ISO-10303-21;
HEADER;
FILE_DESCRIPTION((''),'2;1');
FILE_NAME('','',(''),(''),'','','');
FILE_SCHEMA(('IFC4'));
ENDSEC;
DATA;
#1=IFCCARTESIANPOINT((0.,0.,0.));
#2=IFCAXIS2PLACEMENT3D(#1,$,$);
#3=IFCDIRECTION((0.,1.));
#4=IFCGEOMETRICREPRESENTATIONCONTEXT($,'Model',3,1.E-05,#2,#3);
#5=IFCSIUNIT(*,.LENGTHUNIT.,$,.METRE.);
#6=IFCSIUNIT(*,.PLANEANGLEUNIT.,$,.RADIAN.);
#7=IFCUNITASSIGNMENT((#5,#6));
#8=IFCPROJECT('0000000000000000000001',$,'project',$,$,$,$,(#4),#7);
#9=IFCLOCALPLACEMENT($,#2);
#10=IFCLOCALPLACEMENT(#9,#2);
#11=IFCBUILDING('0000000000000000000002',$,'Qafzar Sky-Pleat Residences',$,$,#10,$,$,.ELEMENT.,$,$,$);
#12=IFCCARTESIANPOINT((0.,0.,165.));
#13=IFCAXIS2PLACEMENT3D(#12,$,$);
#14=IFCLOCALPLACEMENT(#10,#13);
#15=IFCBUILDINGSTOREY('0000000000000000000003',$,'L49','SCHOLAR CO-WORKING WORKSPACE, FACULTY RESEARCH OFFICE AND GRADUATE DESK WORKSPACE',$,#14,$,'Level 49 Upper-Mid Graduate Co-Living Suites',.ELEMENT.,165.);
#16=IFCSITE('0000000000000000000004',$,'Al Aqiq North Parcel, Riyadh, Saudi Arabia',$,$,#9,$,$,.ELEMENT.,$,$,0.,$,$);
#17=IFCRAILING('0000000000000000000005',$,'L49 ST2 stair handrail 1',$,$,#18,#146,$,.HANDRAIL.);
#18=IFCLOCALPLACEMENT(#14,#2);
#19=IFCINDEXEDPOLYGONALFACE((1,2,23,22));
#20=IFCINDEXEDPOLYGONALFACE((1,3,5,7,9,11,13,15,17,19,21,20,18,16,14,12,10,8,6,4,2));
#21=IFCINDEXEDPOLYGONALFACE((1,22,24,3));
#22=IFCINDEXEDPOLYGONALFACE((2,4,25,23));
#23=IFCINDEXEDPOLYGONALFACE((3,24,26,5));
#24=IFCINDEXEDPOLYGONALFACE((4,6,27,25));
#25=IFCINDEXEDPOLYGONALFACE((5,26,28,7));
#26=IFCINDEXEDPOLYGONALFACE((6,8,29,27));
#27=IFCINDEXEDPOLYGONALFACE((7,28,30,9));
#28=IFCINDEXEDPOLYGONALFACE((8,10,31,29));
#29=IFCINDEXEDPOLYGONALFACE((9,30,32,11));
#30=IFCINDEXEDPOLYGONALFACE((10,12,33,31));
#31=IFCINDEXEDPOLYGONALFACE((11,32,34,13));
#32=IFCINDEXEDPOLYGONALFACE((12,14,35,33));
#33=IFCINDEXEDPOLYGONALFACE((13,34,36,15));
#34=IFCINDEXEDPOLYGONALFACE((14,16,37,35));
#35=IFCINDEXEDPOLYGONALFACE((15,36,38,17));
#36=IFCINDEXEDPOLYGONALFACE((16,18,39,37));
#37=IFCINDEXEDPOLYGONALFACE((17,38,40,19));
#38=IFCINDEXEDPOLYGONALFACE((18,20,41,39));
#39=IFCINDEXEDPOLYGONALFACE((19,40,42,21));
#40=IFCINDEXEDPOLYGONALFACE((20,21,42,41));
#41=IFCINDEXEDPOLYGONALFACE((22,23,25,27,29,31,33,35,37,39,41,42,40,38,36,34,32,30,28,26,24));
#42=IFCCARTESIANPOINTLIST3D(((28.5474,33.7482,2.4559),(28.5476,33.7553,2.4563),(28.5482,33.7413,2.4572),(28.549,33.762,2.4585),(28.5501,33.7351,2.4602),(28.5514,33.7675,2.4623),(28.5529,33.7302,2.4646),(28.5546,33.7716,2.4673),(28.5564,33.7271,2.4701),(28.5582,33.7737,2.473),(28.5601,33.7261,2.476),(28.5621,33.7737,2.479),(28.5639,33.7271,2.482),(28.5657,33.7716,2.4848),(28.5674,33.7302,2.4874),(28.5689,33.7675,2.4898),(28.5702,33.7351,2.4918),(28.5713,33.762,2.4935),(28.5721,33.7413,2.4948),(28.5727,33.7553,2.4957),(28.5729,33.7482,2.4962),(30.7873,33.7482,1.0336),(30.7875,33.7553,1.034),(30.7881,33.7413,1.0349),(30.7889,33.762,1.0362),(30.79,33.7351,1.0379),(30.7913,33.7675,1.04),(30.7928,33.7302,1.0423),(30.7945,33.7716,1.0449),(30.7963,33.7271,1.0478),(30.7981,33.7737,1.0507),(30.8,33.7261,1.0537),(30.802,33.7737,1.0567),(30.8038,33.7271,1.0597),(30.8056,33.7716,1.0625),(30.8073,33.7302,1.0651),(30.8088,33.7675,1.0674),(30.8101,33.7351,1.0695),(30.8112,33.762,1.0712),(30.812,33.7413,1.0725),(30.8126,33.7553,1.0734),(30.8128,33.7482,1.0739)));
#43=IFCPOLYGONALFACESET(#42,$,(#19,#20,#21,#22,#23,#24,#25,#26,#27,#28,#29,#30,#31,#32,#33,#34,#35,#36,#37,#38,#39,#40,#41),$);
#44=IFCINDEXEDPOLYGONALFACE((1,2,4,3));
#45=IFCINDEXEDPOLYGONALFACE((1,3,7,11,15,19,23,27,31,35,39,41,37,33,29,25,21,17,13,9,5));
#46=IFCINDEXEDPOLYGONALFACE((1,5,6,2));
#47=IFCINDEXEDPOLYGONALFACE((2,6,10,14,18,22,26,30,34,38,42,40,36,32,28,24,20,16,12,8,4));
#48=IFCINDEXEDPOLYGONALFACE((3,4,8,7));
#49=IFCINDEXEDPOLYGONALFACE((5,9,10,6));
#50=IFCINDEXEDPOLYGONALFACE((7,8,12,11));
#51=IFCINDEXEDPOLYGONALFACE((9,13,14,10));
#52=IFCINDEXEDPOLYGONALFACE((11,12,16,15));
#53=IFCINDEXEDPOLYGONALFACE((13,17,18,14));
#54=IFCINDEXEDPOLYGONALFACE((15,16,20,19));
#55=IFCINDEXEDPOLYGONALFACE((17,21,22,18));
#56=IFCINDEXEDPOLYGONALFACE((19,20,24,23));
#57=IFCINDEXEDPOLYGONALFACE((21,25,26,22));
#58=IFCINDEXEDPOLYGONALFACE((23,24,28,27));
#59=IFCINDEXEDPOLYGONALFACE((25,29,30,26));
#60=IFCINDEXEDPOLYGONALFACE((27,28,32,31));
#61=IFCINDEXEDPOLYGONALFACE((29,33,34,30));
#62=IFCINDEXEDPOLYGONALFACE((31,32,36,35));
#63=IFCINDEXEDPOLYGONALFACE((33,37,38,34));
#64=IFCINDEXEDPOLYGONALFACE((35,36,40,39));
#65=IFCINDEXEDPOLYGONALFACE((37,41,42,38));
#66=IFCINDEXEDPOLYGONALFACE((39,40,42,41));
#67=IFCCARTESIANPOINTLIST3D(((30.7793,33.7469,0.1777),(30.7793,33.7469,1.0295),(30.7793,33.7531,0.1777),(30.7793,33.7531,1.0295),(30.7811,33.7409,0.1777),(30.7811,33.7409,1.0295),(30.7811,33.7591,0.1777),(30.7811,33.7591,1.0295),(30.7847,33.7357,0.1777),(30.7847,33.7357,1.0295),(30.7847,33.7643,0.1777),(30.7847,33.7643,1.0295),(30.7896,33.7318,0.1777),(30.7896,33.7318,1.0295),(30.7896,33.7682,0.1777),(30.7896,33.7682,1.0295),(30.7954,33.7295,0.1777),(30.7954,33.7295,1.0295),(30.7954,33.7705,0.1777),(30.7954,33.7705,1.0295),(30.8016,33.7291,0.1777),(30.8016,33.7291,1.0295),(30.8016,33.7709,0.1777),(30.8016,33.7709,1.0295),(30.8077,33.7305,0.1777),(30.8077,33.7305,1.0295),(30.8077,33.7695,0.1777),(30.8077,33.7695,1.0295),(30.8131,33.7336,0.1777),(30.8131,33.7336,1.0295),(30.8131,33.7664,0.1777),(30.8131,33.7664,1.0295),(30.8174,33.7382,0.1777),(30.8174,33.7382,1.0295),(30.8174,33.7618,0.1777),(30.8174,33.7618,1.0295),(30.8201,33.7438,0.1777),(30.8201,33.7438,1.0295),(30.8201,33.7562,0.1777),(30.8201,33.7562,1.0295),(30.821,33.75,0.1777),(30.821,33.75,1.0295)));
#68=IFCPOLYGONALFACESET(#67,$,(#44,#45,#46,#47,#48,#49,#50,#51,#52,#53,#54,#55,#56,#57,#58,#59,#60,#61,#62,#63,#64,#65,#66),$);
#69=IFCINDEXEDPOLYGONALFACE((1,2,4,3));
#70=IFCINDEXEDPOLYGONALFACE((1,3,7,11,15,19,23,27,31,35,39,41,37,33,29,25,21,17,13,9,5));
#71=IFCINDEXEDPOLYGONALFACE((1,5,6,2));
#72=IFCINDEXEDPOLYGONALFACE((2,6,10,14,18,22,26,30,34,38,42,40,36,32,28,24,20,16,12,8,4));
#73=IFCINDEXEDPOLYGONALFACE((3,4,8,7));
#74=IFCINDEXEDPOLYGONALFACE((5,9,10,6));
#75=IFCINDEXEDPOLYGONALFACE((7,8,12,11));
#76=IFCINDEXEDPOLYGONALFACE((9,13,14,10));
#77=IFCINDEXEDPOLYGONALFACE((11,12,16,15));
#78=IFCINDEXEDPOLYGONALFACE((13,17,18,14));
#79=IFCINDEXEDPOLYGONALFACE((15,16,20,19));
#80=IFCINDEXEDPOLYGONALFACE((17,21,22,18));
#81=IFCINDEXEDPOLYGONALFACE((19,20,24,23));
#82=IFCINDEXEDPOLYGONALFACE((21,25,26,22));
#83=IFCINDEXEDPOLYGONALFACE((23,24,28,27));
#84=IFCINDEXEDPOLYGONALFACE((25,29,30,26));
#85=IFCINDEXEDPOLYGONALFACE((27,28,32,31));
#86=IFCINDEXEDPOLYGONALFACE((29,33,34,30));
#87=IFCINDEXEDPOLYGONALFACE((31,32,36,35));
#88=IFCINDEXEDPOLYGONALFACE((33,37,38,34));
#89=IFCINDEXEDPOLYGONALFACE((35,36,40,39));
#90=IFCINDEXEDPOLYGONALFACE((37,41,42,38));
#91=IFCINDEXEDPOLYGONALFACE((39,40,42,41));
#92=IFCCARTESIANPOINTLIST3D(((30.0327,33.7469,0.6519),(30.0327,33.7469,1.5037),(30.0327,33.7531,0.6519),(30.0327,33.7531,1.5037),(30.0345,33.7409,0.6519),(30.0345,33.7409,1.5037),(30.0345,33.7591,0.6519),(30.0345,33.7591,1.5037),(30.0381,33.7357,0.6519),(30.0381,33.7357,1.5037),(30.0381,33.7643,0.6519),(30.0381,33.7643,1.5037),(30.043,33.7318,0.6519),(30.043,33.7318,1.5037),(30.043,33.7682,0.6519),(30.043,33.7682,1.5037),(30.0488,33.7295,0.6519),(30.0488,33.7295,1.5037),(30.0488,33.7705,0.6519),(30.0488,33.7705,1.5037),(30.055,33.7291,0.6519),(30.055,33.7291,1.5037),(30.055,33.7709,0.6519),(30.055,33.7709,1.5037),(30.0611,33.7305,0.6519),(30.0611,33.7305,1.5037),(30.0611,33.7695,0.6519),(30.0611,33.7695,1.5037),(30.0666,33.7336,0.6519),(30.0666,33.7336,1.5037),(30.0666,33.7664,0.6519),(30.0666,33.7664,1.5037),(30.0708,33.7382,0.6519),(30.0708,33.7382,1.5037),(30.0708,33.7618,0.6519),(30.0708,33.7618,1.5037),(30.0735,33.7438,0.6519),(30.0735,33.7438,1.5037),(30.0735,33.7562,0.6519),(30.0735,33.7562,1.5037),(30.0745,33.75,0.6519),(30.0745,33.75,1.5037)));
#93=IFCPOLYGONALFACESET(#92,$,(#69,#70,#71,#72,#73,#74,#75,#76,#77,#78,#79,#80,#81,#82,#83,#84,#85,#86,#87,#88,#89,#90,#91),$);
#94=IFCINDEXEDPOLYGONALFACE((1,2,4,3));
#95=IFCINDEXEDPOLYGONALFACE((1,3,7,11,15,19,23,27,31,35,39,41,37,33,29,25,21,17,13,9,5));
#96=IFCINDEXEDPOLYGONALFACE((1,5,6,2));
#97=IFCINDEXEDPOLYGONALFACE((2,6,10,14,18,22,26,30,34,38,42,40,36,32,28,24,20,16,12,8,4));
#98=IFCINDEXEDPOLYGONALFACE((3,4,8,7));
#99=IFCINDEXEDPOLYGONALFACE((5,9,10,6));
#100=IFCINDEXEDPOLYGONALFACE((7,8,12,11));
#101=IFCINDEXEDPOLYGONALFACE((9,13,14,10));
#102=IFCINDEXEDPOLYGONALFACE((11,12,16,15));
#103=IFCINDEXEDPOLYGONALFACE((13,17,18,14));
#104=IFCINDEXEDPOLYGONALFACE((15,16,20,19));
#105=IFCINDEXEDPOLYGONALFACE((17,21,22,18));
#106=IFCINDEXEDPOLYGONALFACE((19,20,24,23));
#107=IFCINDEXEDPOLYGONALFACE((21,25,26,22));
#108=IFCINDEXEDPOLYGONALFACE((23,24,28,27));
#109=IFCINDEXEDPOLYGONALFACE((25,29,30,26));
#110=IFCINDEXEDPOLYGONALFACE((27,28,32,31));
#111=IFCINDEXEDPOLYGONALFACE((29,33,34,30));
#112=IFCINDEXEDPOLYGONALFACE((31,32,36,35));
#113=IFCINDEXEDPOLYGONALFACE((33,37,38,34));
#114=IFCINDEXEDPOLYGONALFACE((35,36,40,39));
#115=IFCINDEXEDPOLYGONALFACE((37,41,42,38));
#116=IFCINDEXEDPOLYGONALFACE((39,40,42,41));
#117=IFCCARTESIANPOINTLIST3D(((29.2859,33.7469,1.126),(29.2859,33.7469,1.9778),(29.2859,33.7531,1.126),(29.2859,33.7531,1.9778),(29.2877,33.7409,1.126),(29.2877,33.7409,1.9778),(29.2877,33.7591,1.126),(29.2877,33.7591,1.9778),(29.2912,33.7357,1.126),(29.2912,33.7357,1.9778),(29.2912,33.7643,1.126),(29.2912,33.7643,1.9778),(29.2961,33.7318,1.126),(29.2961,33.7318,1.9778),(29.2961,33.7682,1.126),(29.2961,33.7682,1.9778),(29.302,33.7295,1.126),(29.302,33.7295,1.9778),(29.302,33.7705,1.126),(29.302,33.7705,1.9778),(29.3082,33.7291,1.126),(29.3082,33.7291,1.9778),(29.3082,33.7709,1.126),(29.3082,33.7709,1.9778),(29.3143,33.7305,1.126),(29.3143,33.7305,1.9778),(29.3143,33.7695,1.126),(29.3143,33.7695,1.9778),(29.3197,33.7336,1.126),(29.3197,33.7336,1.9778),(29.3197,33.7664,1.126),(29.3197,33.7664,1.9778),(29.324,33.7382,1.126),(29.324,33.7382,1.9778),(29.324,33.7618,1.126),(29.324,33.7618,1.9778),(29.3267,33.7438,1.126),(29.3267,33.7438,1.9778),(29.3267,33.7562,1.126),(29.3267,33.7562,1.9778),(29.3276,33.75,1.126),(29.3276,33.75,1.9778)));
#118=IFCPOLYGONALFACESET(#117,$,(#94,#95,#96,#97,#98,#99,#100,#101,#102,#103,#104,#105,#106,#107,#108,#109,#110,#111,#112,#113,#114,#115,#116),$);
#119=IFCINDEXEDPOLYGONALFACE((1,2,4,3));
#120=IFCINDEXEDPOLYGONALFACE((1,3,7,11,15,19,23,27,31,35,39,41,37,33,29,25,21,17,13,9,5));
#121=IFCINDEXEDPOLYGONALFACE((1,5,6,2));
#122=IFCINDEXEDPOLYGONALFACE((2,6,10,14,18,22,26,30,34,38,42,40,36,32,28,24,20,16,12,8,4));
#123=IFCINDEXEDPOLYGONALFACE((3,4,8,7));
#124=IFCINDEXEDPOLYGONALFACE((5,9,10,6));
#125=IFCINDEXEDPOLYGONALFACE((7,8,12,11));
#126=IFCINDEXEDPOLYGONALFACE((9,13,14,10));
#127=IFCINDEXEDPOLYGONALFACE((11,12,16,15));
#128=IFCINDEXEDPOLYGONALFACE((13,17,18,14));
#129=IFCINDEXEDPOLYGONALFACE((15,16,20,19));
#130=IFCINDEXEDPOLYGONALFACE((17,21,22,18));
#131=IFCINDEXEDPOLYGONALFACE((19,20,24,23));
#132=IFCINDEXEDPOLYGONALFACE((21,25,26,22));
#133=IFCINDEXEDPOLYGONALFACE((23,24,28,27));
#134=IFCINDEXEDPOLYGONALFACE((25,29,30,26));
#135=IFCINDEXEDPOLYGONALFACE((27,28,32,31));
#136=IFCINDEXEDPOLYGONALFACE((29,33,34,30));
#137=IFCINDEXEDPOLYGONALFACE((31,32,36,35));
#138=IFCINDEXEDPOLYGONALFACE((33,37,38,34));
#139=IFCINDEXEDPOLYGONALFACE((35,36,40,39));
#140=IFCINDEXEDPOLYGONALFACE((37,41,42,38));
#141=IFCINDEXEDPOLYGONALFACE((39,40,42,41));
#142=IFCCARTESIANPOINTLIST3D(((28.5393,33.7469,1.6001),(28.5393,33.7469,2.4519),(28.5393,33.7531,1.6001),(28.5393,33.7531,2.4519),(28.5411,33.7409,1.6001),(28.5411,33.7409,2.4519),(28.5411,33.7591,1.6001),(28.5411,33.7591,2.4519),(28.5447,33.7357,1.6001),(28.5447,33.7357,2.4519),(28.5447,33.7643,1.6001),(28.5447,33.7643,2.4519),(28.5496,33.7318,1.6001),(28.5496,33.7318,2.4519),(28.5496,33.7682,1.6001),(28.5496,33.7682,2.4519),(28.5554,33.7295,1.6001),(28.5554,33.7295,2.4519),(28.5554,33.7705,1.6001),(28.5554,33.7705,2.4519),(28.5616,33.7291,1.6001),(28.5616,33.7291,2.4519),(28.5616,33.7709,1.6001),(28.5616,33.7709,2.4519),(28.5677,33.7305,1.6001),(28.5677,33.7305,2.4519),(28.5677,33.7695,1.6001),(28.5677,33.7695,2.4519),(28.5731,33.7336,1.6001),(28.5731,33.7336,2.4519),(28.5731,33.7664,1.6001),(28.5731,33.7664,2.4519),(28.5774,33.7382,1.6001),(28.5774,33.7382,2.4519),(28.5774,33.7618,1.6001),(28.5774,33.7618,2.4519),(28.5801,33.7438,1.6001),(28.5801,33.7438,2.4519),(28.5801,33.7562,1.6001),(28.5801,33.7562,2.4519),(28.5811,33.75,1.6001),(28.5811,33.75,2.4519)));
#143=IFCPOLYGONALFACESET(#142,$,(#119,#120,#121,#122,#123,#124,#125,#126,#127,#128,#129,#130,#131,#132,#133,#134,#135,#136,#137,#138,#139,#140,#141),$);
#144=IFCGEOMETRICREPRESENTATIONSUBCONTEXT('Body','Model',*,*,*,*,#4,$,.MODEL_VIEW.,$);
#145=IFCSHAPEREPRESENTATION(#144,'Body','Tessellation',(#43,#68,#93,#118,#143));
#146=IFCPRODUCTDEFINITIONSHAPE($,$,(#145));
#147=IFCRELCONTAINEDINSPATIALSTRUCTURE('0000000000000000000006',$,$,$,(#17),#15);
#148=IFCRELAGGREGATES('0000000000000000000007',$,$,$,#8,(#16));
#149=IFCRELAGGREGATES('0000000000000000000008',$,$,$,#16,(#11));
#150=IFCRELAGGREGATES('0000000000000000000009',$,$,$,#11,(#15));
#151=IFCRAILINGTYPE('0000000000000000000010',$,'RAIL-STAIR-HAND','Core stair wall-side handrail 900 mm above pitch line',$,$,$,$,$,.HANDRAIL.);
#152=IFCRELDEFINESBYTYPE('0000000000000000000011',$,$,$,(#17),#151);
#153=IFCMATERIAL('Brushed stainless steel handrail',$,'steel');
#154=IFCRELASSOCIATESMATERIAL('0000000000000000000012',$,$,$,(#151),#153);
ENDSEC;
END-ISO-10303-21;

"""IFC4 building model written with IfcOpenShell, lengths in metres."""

from ifc_helpers import new_model, si_unit, direction, frame, origin, origin_2d, place, context, subcontext, project, spatial, circle, extrude, source, transform, mapped, material, type_object, element, save


model = new_model("IFC4")

# Units and contexts
model_context = context("Model", 3, precision=1e-05, world=origin(), true_north=direction((0.0, 1.0)))
body_context = subcontext(model_context, "Body", "Model", "MODEL_VIEW")
ifc_project = project(units=[si_unit("LENGTHUNIT", "METRE"), si_unit("PLANEANGLEUNIT", "RADIAN")], contexts=[model_context])

# Site, building, storey
site_placement = place(None, origin())
site = spatial("IfcSite", under=ifc_project, at=site_placement, Name="Al Aqiq North Parcel, Riyadh, Saudi Arabia", CompositionType="ELEMENT", RefElevation=0.0)
building_placement = place(site_placement, origin())
building = spatial("IfcBuilding", under=site, at=building_placement, Name="Qafzar Sky-Pleat Residences", CompositionType="ELEMENT")
storey_placement = place(building_placement, frame((0.0, 0.0, 165.0)))
storey = spatial("IfcBuildingStorey", under=building, at=storey_placement, Name="L49", Description="SCHOLAR CO-WORKING WORKSPACE, FACULTY RESEARCH OFFICE AND GRADUATE DESK WORKSPACE", LongName="Level 49 Upper-Mid Graduate Co-Living Suites", CompositionType="ELEMENT", Elevation=165.0)

# Railing
ifc_material_1 = material(Name="Brushed stainless steel handrail", Category="steel")
railing_type_1 = type_object("IfcRailingType", Name="RAIL-STAIR-HAND", Description="Core stair wall-side handrail 900 mm above pitch line", PredefinedType="HANDRAIL", material=ifc_material_1)
shared_shape_1 = source(origin(), body_context, "Body", "SweptSolid", [
    extrude(circle(Radius=0.0239, at=origin_2d()), frame((0.0, 0.0, 0.876), z_axis=(-0.844188, 0.0, 0.536048), x_axis=(0.0, -1.0, 0.0)), (0.0, 0.0, 1.0), 2.6533),
    extrude(circle(Radius=0.021, at=origin_2d()), origin(), (0.0, 0.0, 1.0), 0.8518),
    extrude(circle(Radius=0.021, at=origin_2d()), frame((-0.7466, 0.0, 0.4741)), (0.0, 0.0, 1.0), 0.8518),
    extrude(circle(Radius=0.021, at=origin_2d()), frame((-1.4934, 0.0, 0.9482)), (0.0, 0.0, 1.0), 0.8518),
    extrude(circle(Radius=0.021, at=origin_2d()), frame((-2.24, 0.0, 1.4224)), (0.0, 0.0, 1.0), 0.8518),
])
railing_1_placement = place(storey_placement, frame((30.8, 33.75, 0.1777)))
element("IfcRailing", 1, at=railing_1_placement, inside=storey, type_object=railing_type_1, Name="L49 ST2 stair handrail 1", PredefinedType="HANDRAIL", context=body_context, shape_type="MappedRepresentation", body=[
    mapped(shared_shape_1, transform((0.0, 0.0, 0.0), x_axis=(1.0, 0.0, 0.0), y_axis=(0.0, 1.0, 0.0), z_axis=(0.0, 0.0, 1.0), scale=1.0)),
])

save(model, "model.ifc")
